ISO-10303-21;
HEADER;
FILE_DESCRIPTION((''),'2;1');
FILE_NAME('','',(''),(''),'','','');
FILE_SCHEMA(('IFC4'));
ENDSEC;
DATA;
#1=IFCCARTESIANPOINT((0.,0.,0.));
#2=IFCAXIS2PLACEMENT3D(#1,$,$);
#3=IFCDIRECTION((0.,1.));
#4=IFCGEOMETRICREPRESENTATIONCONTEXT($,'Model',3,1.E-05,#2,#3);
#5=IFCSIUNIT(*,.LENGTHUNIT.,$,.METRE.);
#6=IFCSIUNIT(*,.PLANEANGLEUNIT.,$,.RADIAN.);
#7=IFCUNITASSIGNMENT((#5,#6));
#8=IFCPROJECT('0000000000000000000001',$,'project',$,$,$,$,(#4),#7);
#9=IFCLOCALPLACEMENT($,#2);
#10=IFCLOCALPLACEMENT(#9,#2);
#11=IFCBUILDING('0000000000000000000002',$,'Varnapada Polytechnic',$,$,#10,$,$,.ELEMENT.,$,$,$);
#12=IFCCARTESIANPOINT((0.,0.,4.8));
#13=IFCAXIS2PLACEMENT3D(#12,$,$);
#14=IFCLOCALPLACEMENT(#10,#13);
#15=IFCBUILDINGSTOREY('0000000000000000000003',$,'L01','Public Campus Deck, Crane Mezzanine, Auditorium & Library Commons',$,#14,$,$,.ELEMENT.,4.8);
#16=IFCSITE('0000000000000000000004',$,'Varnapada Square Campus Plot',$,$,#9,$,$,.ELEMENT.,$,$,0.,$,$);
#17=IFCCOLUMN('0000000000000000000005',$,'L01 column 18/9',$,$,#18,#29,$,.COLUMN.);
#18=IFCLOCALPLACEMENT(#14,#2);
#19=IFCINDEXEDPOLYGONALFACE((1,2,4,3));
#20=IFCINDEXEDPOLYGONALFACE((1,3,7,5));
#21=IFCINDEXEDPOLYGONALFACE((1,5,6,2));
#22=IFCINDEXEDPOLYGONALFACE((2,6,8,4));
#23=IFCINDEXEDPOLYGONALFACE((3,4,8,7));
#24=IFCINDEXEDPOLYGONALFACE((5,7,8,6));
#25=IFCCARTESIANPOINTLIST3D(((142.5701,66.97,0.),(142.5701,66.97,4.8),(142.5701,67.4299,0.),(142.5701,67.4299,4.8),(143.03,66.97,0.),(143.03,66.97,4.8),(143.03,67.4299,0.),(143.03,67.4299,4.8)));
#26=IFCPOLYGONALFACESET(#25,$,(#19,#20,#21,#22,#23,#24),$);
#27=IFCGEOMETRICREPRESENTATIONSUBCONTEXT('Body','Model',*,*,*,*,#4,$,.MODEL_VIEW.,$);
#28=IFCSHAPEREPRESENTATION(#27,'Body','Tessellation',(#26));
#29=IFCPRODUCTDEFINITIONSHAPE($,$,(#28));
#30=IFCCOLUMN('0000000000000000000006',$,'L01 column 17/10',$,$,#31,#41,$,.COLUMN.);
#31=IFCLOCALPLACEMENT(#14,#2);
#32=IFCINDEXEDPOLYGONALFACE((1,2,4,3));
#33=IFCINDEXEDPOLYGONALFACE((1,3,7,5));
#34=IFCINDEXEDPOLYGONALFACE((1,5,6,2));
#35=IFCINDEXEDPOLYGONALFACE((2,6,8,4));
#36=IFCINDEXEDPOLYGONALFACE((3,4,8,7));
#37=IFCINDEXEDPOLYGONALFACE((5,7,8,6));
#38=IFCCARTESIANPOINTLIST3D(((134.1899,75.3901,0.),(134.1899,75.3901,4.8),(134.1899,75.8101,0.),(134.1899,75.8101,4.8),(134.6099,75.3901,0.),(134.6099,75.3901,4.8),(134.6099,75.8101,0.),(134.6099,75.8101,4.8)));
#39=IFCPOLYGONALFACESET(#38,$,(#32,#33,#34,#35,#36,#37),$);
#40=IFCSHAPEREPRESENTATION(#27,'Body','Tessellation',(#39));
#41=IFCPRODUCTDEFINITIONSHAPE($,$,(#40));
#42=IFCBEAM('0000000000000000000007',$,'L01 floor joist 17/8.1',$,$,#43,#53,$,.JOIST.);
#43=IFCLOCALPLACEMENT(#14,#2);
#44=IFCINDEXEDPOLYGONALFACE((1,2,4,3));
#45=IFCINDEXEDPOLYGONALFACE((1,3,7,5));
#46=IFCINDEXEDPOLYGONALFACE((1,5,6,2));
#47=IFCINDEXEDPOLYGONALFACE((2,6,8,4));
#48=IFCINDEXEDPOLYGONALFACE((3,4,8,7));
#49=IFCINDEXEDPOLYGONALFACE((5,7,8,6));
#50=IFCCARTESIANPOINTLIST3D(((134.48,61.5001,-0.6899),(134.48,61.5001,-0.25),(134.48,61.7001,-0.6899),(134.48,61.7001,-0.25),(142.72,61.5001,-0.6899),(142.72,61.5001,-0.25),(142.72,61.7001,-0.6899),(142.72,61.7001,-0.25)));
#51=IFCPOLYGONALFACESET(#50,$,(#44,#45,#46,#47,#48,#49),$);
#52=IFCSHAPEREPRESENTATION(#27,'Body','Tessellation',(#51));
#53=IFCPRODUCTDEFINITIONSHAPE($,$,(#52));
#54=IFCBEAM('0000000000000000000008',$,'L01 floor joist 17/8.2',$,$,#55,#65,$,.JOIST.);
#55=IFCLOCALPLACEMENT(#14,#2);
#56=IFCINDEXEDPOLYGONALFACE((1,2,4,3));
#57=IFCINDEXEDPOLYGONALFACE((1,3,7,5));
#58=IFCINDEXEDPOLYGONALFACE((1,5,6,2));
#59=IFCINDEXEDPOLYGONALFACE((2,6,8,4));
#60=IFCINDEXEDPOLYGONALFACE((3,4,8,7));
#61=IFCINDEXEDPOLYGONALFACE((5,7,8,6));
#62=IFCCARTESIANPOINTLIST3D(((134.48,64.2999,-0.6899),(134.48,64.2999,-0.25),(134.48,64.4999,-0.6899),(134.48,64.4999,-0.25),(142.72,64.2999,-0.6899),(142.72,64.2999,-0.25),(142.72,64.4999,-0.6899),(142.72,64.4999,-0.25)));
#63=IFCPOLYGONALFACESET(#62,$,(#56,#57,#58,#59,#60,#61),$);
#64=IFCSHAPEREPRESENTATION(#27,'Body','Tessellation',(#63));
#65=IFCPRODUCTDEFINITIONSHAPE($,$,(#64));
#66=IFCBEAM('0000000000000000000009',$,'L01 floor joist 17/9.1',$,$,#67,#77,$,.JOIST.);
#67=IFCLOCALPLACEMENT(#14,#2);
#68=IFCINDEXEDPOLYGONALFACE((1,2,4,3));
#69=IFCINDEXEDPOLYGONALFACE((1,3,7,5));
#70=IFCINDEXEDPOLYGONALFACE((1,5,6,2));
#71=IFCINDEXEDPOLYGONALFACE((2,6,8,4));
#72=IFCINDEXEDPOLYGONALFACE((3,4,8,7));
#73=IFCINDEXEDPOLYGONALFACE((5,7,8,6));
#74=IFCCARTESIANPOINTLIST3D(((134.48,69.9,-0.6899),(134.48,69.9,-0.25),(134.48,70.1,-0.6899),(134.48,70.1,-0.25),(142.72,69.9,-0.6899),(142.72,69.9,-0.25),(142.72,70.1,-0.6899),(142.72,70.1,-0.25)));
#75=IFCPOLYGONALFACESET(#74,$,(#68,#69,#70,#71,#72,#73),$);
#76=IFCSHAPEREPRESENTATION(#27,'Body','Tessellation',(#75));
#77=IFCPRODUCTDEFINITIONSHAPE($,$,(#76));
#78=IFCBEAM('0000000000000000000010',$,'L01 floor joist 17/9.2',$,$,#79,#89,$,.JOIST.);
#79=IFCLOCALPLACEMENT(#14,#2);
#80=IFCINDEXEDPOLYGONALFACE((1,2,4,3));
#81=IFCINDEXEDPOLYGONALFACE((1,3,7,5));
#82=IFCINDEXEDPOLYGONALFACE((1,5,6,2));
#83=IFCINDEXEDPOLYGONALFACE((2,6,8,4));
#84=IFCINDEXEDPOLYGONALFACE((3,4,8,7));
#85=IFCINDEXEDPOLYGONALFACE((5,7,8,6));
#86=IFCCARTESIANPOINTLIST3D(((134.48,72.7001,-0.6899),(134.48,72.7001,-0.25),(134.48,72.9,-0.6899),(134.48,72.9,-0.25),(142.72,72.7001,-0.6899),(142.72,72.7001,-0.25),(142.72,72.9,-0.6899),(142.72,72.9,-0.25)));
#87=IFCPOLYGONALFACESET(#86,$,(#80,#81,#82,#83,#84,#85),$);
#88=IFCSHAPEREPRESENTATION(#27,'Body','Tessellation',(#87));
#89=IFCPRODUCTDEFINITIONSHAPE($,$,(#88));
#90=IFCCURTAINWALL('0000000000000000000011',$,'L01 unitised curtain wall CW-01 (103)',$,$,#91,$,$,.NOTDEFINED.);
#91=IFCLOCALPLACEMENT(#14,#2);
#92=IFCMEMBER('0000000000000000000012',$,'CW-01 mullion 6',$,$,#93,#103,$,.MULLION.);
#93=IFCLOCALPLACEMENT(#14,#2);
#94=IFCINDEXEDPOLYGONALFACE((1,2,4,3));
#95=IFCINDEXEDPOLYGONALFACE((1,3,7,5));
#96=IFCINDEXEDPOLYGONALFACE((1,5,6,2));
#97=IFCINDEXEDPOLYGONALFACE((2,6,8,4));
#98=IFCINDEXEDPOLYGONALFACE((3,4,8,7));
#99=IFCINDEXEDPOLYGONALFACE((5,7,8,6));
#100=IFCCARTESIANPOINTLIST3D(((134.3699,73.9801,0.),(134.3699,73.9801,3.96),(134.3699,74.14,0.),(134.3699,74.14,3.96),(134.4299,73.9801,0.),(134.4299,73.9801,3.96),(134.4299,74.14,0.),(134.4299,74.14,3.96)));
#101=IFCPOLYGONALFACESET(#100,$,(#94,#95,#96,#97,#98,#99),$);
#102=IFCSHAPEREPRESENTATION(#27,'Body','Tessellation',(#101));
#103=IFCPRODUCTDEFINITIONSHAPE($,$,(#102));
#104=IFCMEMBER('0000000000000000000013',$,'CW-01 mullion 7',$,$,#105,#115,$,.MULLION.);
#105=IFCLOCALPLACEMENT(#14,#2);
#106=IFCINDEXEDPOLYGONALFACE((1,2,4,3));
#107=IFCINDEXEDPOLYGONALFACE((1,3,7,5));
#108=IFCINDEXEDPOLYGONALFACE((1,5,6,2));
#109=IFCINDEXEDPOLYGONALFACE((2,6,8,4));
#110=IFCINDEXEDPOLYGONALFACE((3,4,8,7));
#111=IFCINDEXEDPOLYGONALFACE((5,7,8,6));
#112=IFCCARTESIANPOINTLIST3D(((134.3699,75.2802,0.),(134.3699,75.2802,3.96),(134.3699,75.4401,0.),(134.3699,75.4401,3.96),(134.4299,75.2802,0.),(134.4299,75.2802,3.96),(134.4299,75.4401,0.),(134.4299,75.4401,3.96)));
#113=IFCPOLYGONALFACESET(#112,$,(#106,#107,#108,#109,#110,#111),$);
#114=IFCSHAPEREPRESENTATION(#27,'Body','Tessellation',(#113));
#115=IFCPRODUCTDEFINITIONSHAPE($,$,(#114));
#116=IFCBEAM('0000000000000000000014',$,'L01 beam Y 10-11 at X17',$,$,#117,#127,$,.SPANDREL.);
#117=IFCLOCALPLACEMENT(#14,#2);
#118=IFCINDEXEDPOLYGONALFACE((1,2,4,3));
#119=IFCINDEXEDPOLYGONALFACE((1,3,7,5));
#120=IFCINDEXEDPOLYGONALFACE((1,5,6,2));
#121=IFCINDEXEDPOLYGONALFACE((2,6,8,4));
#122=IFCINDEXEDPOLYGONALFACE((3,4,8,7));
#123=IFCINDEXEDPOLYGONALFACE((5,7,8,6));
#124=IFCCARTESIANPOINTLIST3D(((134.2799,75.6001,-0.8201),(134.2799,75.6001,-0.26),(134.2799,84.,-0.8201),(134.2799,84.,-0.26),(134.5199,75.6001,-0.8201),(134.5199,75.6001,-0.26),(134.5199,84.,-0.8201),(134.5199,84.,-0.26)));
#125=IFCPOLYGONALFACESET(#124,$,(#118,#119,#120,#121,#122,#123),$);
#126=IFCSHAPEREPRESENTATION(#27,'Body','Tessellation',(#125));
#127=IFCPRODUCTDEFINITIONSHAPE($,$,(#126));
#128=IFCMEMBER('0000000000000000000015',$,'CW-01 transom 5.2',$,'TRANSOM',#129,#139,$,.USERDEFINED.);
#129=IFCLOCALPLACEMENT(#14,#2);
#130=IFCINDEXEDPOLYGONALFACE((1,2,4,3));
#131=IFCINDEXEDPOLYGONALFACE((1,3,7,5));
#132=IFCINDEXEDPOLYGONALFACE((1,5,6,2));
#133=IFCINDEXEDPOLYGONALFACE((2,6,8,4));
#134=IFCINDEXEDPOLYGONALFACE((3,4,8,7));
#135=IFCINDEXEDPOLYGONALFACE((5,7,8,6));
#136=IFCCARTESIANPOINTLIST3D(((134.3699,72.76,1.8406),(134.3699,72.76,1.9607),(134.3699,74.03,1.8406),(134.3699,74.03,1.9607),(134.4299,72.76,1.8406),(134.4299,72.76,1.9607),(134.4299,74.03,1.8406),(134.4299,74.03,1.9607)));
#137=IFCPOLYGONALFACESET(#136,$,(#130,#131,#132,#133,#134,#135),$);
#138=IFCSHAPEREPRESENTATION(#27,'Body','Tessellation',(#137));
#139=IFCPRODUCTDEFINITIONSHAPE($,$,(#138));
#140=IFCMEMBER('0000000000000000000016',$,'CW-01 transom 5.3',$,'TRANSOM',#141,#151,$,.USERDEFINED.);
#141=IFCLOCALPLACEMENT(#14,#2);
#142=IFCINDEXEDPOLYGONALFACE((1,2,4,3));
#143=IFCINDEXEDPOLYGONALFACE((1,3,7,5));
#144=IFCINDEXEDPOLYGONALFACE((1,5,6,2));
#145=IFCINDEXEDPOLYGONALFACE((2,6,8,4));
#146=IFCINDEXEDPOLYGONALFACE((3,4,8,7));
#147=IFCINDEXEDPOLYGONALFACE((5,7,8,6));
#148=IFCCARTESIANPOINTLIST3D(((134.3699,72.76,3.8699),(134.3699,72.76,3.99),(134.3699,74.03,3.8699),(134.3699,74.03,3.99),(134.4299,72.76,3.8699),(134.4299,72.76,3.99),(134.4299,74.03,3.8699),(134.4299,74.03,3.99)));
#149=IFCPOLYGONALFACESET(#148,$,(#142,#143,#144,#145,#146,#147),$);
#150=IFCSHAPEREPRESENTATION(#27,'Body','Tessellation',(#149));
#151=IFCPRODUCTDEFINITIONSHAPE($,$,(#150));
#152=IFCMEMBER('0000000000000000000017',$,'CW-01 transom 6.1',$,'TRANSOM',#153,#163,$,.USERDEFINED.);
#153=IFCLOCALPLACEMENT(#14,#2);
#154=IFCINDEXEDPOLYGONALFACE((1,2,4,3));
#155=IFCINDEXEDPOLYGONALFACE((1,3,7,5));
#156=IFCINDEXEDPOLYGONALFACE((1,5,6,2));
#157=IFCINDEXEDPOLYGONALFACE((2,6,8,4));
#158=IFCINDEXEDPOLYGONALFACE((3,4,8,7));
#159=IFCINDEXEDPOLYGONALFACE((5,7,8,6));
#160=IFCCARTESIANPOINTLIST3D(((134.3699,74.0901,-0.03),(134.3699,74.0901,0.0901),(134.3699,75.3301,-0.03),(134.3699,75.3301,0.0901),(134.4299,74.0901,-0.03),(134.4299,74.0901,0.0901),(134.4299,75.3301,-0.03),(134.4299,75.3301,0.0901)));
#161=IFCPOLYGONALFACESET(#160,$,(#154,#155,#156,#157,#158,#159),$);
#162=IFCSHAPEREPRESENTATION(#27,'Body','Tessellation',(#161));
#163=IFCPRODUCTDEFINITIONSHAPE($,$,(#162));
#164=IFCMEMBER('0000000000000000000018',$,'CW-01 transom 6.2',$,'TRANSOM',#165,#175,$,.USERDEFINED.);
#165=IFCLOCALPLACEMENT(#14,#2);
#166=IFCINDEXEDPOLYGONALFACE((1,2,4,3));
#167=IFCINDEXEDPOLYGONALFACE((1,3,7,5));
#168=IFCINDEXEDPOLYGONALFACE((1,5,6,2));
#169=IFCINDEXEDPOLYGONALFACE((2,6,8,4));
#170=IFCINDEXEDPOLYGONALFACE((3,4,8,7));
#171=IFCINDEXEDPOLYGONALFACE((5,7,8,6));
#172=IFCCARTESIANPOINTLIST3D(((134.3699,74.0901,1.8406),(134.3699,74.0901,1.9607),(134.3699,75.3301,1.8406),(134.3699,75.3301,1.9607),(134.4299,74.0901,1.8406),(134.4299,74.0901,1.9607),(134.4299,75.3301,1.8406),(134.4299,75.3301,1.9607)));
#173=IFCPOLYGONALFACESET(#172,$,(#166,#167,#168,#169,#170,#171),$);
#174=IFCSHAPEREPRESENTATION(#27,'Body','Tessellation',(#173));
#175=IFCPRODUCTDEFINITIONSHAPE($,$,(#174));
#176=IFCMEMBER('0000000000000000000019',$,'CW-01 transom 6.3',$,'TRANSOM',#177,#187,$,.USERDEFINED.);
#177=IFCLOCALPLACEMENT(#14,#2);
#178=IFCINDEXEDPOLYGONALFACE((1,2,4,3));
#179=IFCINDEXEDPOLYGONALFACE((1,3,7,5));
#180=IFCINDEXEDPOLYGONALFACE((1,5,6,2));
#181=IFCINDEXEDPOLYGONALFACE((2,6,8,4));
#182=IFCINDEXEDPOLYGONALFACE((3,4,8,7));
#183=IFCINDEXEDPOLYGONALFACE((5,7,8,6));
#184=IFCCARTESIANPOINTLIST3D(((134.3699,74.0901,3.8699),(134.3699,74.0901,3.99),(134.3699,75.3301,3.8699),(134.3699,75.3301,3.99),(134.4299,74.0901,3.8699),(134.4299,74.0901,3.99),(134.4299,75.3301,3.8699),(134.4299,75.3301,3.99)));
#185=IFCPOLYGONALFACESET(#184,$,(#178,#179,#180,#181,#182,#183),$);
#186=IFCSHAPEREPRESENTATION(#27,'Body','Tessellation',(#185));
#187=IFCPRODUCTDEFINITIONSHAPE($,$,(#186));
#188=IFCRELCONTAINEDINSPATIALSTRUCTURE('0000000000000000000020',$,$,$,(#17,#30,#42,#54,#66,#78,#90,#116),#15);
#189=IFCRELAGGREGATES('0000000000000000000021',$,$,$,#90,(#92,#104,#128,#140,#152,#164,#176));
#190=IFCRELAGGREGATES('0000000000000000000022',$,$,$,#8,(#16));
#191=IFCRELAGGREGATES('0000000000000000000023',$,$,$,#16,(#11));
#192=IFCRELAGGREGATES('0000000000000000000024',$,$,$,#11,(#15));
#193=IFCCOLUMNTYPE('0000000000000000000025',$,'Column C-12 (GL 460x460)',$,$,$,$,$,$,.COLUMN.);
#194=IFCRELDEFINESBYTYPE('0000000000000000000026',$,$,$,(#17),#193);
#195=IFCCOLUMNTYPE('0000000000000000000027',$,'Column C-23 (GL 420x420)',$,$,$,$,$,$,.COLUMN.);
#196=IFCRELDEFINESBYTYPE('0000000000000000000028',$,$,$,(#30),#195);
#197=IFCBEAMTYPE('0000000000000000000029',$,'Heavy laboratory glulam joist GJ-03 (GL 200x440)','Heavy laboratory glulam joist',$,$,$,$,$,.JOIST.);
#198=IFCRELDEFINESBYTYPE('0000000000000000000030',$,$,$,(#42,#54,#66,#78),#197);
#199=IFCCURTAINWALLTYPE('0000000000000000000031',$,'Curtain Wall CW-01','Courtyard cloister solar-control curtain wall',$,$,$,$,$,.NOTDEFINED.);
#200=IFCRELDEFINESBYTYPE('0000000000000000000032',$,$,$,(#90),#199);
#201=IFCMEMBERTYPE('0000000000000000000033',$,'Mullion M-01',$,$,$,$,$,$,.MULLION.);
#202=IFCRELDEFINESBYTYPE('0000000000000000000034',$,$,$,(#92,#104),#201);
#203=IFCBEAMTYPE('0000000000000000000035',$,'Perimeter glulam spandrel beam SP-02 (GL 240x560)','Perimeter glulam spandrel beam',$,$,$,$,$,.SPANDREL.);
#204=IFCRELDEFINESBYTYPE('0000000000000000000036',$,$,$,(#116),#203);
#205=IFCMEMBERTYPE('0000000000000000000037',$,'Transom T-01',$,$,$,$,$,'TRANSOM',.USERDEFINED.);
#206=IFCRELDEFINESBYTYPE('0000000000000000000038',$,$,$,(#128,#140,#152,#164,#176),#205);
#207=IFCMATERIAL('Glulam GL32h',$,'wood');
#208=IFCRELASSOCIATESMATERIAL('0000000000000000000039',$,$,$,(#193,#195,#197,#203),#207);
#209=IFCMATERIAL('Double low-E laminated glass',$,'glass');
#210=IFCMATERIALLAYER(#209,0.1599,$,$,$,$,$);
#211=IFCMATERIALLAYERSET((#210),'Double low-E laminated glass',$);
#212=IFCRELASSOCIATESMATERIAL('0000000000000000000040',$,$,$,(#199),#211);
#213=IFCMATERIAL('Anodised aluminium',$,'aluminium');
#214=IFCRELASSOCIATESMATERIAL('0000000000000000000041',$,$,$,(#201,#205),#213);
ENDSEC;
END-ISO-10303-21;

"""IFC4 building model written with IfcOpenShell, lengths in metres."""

from ifc_helpers import new_model, si_unit, direction, frame, origin, origin_2d, place, context, subcontext, project, spatial, rectangle, extrude, material, layer, layer_set, material_profile, profile_set, type_object, element, aggregate, save


model = new_model("IFC4")

# Units and contexts
model_context = context("Model", 3, precision=1e-05, world=origin(), true_north=direction((0.0, 1.0)))
body_context = subcontext(model_context, "Body", "Model", "MODEL_VIEW")
ifc_project = project(units=[si_unit("LENGTHUNIT", "METRE"), si_unit("PLANEANGLEUNIT", "RADIAN")], contexts=[model_context])

# Site, building, storey
site_placement = place(None, origin())
site = spatial("IfcSite", under=ifc_project, at=site_placement, Name="Varnapada Square Campus Plot", CompositionType="ELEMENT", RefElevation=0.0)
building_placement = place(site_placement, origin())
building = spatial("IfcBuilding", under=site, at=building_placement, Name="Varnapada Polytechnic", CompositionType="ELEMENT")
storey_placement = place(building_placement, frame((0.0, 0.0, 4.8)))
storey = spatial("IfcBuildingStorey", under=building, at=storey_placement, Name="L01", Description="Public Campus Deck, Crane Mezzanine, Auditorium & Library Commons", CompositionType="ELEMENT", Elevation=4.8)

# Columns
ifc_material_1 = material(Name="Glulam GL32h", Category="wood")
ifc_material_profile_1 = material_profile(ifc_material_1, rectangle(XDim=0.46, YDim=0.46, at=origin_2d()), Name="GL 460x460")
ifc_profile_set_1 = profile_set([ifc_material_profile_1], Name="Glulam GL32h")
column_type_1 = type_object("IfcColumnType", Name="Column C-12 (GL 460x460)", PredefinedType="COLUMN", material=ifc_profile_set_1)
column_1_placement = place(storey_placement, frame((142.8, 67.2, 0.0), z_axis=(0.0, 0.0, 1.0), x_axis=(1.0, 0.0, 0.0)))
element("IfcColumn", 1, at=column_1_placement, inside=storey, type_object=column_type_1, Name="L01 column 18/9", PredefinedType="COLUMN", context=body_context, shape_type="SweptSolid", body=[
    extrude(rectangle(XDim=0.46, YDim=0.46, at=origin_2d()), origin(), (0.0, 0.0, 1.0), 4.8),
])
ifc_material_profile_2 = material_profile(ifc_material_1, rectangle(XDim=0.4199, YDim=0.4199, at=origin_2d()), Name="GL 420x420")
ifc_profile_set_2 = profile_set([ifc_material_profile_2], Name="Glulam GL32h")
column_type_2 = type_object("IfcColumnType", Name="Column C-23 (GL 420x420)", PredefinedType="COLUMN", material=ifc_profile_set_2)
column_2_placement = place(storey_placement, frame((134.3999, 75.6001, 0.0), z_axis=(0.0, 0.0, 1.0), x_axis=(1.0, 0.0, 0.0)))
element("IfcColumn", 2, at=column_2_placement, inside=storey, type_object=column_type_2, Name="L01 column 17/10", PredefinedType="COLUMN", context=body_context, shape_type="SweptSolid", body=[
    extrude(rectangle(XDim=0.4199, YDim=0.4199, at=origin_2d()), origin(), (0.0, 0.0, 1.0), 4.8),
])

# Beams
ifc_material_profile_3 = material_profile(ifc_material_1, rectangle(XDim=0.2, YDim=0.4399, at=origin_2d()), Name="GL 200x440")
ifc_profile_set_3 = profile_set([ifc_material_profile_3], Name="Glulam GL32h")
beam_type_1 = type_object("IfcBeamType", Name="Heavy laboratory glulam joist GJ-03 (GL 200x440)", Description="Heavy laboratory glulam joist", PredefinedType="JOIST", material=ifc_profile_set_3)
for number, where, z_axis, x_axis, name in (
    (3, (134.48, 61.6001, -0.47), (1.0, 0.0, 0.0), (0.0, 1.0, 0.0), "L01 floor joist 17/8.1"),
    (4, (134.48, 64.3999, -0.47), (1.0, 0.0, 0.0), (0.0, 1.0, 0.0), "L01 floor joist 17/8.2"),
    (5, (134.48, 70.0, -0.47), (1.0, 0.0, 0.0), (0.0, 1.0, 0.0), "L01 floor joist 17/9.1"),
    (6, (134.48, 72.8, -0.47), (1.0, 0.0, 0.0), (0.0, 1.0, 0.0), "L01 floor joist 17/9.2"),
):
    element("IfcBeam", number, at=place(storey_placement, frame(where, z_axis=z_axis, x_axis=x_axis)), inside=storey, type_object=beam_type_1, Name=name, PredefinedType="JOIST", context=body_context, shape_type="SweptSolid", body=[
        extrude(rectangle(XDim=0.2, YDim=0.4399, at=origin_2d()), origin(), (0.0, 0.0, 1.0), 8.24),
    ])

# Curtain wall, members
ifc_material_2 = material(Name="Double low-E laminated glass", Category="glass")
ifc_layer_1 = layer(ifc_material_2, 0.1599)
ifc_layer_set_1 = layer_set([ifc_layer_1], Name="Double low-E laminated glass")
curtain_wall_type = type_object("IfcCurtainWallType", Name="Curtain Wall CW-01", Description="Courtyard cloister solar-control curtain wall", PredefinedType="NOTDEFINED", material=ifc_layer_set_1)
curtain_wall_placement = place(storey_placement, origin())
curtain_wall = element("IfcCurtainWall", 7, at=curtain_wall_placement, inside=storey, type_object=curtain_wall_type, Name="L01 unitised curtain wall CW-01 (103)", PredefinedType="NOTDEFINED")
ifc_material_3 = material(Name="Anodised aluminium", Category="aluminium")
ifc_material_profile_4 = material_profile(ifc_material_3, rectangle(XDim=0.0601, YDim=0.1599, at=origin_2d()), Name="ALU M60x160")
ifc_profile_set_4 = profile_set([ifc_material_profile_4], Name="Anodised aluminium")
member_type_1 = type_object("IfcMemberType", Name="Mullion M-01", PredefinedType="MULLION", material=ifc_profile_set_4)
member_1_placement = place(storey_placement, frame((134.3999, 74.0601, 0.0), z_axis=(0.0, 0.0, 1.0), x_axis=(-1.0, 0.0, 0.0)))
member_1 = element("IfcMember", 8, at=member_1_placement, type_object=member_type_1, Name="CW-01 mullion 6", PredefinedType="MULLION", context=body_context, shape_type="SweptSolid", body=[
    extrude(rectangle(XDim=0.0601, YDim=0.1599, at=origin_2d()), origin(), (0.0, 0.0, 1.0), 3.96),
])
member_2_placement = place(storey_placement, frame((134.3999, 75.3601, 0.0), z_axis=(0.0, 0.0, 1.0), x_axis=(-1.0, 0.0, 0.0)))
member_2 = element("IfcMember", 9, at=member_2_placement, type_object=member_type_1, Name="CW-01 mullion 7", PredefinedType="MULLION", context=body_context, shape_type="SweptSolid", body=[
    extrude(rectangle(XDim=0.0601, YDim=0.1599, at=origin_2d()), origin(), (0.0, 0.0, 1.0), 3.96),
])

# Beam
ifc_material_profile_5 = material_profile(ifc_material_1, rectangle(XDim=0.24, YDim=0.5601, at=origin_2d()), Name="GL 240x560")
ifc_profile_set_5 = profile_set([ifc_material_profile_5], Name="Glulam GL32h")
beam_type_2 = type_object("IfcBeamType", Name="Perimeter glulam spandrel beam SP-02 (GL 240x560)", Description="Perimeter glulam spandrel beam", PredefinedType="SPANDREL", material=ifc_profile_set_5)
beam_1_placement = place(storey_placement, frame((134.3999, 75.6001, -0.54), z_axis=(0.0, 1.0, 0.0), x_axis=(-1.0, 0.0, 0.0)))
element("IfcBeam", 10, at=beam_1_placement, inside=storey, type_object=beam_type_2, Name="L01 beam Y 10-11 at X17", PredefinedType="SPANDREL", context=body_context, shape_type="SweptSolid", body=[
    extrude(rectangle(XDim=0.24, YDim=0.5601, at=origin_2d()), origin(), (0.0, 0.0, 1.0), 8.3999),
])

# Members
ifc_material_profile_6 = material_profile(ifc_material_3, rectangle(XDim=0.0601, YDim=0.1201, at=origin_2d()), Name="ALU T60x120")
ifc_profile_set_6 = profile_set([ifc_material_profile_6], Name="Anodised aluminium")
member_type_2 = type_object("IfcMemberType", Name="Transom T-01", ElementType="TRANSOM", PredefinedType="USERDEFINED", material=ifc_profile_set_6)
member_3_placement = place(storey_placement, frame((134.3999, 72.76, 1.9006), z_axis=(0.0, 1.0, 0.0), x_axis=(-1.0, 0.0, 0.0)))
member_3 = element("IfcMember", 11, at=member_3_placement, type_object=member_type_2, Name="CW-01 transom 5.2", ObjectType="TRANSOM", PredefinedType="USERDEFINED", context=body_context, shape_type="SweptSolid", body=[
    extrude(rectangle(XDim=0.0601, YDim=0.1201, at=origin_2d()), origin(), (0.0, 0.0, 1.0), 1.27),
])
member_4_placement = place(storey_placement, frame((134.3999, 72.76, 3.9299), z_axis=(0.0, 1.0, 0.0), x_axis=(-1.0, 0.0, 0.0)))
member_4 = element("IfcMember", 12, at=member_4_placement, type_object=member_type_2, Name="CW-01 transom 5.3", ObjectType="TRANSOM", PredefinedType="USERDEFINED", context=body_context, shape_type="SweptSolid", body=[
    extrude(rectangle(XDim=0.0601, YDim=0.1201, at=origin_2d()), origin(), (0.0, 0.0, 1.0), 1.27),
])
member_5_placement = place(storey_placement, frame((134.3999, 74.0901, 0.03), z_axis=(0.0, 1.0, 0.0), x_axis=(-1.0, 0.0, 0.0)))
member_5 = element("IfcMember", 13, at=member_5_placement, type_object=member_type_2, Name="CW-01 transom 6.1", ObjectType="TRANSOM", PredefinedType="USERDEFINED", context=body_context, shape_type="SweptSolid", body=[
    extrude(rectangle(XDim=0.0601, YDim=0.1201, at=origin_2d()), origin(), (0.0, 0.0, 1.0), 1.24),
])
member_6_placement = place(storey_placement, frame((134.3999, 74.0901, 1.9006), z_axis=(0.0, 1.0, 0.0), x_axis=(-1.0, 0.0, 0.0)))
member_6 = element("IfcMember", 14, at=member_6_placement, type_object=member_type_2, Name="CW-01 transom 6.2", ObjectType="TRANSOM", PredefinedType="USERDEFINED", context=body_context, shape_type="SweptSolid", body=[
    extrude(rectangle(XDim=0.0601, YDim=0.1201, at=origin_2d()), origin(), (0.0, 0.0, 1.0), 1.24),
])
member_7_placement = place(storey_placement, frame((134.3999, 74.0901, 3.9299), z_axis=(0.0, 1.0, 0.0), x_axis=(-1.0, 0.0, 0.0)))
member_7 = element("IfcMember", 15, at=member_7_placement, type_object=member_type_2, Name="CW-01 transom 6.3", ObjectType="TRANSOM", PredefinedType="USERDEFINED", context=body_context, shape_type="SweptSolid", body=[
    extrude(rectangle(XDim=0.0601, YDim=0.1201, at=origin_2d()), origin(), (0.0, 0.0, 1.0), 1.24),
])

aggregate(curtain_wall, [member_1, member_2, member_3, member_4, member_5, member_6, member_7])

save(model, "model.ifc")
